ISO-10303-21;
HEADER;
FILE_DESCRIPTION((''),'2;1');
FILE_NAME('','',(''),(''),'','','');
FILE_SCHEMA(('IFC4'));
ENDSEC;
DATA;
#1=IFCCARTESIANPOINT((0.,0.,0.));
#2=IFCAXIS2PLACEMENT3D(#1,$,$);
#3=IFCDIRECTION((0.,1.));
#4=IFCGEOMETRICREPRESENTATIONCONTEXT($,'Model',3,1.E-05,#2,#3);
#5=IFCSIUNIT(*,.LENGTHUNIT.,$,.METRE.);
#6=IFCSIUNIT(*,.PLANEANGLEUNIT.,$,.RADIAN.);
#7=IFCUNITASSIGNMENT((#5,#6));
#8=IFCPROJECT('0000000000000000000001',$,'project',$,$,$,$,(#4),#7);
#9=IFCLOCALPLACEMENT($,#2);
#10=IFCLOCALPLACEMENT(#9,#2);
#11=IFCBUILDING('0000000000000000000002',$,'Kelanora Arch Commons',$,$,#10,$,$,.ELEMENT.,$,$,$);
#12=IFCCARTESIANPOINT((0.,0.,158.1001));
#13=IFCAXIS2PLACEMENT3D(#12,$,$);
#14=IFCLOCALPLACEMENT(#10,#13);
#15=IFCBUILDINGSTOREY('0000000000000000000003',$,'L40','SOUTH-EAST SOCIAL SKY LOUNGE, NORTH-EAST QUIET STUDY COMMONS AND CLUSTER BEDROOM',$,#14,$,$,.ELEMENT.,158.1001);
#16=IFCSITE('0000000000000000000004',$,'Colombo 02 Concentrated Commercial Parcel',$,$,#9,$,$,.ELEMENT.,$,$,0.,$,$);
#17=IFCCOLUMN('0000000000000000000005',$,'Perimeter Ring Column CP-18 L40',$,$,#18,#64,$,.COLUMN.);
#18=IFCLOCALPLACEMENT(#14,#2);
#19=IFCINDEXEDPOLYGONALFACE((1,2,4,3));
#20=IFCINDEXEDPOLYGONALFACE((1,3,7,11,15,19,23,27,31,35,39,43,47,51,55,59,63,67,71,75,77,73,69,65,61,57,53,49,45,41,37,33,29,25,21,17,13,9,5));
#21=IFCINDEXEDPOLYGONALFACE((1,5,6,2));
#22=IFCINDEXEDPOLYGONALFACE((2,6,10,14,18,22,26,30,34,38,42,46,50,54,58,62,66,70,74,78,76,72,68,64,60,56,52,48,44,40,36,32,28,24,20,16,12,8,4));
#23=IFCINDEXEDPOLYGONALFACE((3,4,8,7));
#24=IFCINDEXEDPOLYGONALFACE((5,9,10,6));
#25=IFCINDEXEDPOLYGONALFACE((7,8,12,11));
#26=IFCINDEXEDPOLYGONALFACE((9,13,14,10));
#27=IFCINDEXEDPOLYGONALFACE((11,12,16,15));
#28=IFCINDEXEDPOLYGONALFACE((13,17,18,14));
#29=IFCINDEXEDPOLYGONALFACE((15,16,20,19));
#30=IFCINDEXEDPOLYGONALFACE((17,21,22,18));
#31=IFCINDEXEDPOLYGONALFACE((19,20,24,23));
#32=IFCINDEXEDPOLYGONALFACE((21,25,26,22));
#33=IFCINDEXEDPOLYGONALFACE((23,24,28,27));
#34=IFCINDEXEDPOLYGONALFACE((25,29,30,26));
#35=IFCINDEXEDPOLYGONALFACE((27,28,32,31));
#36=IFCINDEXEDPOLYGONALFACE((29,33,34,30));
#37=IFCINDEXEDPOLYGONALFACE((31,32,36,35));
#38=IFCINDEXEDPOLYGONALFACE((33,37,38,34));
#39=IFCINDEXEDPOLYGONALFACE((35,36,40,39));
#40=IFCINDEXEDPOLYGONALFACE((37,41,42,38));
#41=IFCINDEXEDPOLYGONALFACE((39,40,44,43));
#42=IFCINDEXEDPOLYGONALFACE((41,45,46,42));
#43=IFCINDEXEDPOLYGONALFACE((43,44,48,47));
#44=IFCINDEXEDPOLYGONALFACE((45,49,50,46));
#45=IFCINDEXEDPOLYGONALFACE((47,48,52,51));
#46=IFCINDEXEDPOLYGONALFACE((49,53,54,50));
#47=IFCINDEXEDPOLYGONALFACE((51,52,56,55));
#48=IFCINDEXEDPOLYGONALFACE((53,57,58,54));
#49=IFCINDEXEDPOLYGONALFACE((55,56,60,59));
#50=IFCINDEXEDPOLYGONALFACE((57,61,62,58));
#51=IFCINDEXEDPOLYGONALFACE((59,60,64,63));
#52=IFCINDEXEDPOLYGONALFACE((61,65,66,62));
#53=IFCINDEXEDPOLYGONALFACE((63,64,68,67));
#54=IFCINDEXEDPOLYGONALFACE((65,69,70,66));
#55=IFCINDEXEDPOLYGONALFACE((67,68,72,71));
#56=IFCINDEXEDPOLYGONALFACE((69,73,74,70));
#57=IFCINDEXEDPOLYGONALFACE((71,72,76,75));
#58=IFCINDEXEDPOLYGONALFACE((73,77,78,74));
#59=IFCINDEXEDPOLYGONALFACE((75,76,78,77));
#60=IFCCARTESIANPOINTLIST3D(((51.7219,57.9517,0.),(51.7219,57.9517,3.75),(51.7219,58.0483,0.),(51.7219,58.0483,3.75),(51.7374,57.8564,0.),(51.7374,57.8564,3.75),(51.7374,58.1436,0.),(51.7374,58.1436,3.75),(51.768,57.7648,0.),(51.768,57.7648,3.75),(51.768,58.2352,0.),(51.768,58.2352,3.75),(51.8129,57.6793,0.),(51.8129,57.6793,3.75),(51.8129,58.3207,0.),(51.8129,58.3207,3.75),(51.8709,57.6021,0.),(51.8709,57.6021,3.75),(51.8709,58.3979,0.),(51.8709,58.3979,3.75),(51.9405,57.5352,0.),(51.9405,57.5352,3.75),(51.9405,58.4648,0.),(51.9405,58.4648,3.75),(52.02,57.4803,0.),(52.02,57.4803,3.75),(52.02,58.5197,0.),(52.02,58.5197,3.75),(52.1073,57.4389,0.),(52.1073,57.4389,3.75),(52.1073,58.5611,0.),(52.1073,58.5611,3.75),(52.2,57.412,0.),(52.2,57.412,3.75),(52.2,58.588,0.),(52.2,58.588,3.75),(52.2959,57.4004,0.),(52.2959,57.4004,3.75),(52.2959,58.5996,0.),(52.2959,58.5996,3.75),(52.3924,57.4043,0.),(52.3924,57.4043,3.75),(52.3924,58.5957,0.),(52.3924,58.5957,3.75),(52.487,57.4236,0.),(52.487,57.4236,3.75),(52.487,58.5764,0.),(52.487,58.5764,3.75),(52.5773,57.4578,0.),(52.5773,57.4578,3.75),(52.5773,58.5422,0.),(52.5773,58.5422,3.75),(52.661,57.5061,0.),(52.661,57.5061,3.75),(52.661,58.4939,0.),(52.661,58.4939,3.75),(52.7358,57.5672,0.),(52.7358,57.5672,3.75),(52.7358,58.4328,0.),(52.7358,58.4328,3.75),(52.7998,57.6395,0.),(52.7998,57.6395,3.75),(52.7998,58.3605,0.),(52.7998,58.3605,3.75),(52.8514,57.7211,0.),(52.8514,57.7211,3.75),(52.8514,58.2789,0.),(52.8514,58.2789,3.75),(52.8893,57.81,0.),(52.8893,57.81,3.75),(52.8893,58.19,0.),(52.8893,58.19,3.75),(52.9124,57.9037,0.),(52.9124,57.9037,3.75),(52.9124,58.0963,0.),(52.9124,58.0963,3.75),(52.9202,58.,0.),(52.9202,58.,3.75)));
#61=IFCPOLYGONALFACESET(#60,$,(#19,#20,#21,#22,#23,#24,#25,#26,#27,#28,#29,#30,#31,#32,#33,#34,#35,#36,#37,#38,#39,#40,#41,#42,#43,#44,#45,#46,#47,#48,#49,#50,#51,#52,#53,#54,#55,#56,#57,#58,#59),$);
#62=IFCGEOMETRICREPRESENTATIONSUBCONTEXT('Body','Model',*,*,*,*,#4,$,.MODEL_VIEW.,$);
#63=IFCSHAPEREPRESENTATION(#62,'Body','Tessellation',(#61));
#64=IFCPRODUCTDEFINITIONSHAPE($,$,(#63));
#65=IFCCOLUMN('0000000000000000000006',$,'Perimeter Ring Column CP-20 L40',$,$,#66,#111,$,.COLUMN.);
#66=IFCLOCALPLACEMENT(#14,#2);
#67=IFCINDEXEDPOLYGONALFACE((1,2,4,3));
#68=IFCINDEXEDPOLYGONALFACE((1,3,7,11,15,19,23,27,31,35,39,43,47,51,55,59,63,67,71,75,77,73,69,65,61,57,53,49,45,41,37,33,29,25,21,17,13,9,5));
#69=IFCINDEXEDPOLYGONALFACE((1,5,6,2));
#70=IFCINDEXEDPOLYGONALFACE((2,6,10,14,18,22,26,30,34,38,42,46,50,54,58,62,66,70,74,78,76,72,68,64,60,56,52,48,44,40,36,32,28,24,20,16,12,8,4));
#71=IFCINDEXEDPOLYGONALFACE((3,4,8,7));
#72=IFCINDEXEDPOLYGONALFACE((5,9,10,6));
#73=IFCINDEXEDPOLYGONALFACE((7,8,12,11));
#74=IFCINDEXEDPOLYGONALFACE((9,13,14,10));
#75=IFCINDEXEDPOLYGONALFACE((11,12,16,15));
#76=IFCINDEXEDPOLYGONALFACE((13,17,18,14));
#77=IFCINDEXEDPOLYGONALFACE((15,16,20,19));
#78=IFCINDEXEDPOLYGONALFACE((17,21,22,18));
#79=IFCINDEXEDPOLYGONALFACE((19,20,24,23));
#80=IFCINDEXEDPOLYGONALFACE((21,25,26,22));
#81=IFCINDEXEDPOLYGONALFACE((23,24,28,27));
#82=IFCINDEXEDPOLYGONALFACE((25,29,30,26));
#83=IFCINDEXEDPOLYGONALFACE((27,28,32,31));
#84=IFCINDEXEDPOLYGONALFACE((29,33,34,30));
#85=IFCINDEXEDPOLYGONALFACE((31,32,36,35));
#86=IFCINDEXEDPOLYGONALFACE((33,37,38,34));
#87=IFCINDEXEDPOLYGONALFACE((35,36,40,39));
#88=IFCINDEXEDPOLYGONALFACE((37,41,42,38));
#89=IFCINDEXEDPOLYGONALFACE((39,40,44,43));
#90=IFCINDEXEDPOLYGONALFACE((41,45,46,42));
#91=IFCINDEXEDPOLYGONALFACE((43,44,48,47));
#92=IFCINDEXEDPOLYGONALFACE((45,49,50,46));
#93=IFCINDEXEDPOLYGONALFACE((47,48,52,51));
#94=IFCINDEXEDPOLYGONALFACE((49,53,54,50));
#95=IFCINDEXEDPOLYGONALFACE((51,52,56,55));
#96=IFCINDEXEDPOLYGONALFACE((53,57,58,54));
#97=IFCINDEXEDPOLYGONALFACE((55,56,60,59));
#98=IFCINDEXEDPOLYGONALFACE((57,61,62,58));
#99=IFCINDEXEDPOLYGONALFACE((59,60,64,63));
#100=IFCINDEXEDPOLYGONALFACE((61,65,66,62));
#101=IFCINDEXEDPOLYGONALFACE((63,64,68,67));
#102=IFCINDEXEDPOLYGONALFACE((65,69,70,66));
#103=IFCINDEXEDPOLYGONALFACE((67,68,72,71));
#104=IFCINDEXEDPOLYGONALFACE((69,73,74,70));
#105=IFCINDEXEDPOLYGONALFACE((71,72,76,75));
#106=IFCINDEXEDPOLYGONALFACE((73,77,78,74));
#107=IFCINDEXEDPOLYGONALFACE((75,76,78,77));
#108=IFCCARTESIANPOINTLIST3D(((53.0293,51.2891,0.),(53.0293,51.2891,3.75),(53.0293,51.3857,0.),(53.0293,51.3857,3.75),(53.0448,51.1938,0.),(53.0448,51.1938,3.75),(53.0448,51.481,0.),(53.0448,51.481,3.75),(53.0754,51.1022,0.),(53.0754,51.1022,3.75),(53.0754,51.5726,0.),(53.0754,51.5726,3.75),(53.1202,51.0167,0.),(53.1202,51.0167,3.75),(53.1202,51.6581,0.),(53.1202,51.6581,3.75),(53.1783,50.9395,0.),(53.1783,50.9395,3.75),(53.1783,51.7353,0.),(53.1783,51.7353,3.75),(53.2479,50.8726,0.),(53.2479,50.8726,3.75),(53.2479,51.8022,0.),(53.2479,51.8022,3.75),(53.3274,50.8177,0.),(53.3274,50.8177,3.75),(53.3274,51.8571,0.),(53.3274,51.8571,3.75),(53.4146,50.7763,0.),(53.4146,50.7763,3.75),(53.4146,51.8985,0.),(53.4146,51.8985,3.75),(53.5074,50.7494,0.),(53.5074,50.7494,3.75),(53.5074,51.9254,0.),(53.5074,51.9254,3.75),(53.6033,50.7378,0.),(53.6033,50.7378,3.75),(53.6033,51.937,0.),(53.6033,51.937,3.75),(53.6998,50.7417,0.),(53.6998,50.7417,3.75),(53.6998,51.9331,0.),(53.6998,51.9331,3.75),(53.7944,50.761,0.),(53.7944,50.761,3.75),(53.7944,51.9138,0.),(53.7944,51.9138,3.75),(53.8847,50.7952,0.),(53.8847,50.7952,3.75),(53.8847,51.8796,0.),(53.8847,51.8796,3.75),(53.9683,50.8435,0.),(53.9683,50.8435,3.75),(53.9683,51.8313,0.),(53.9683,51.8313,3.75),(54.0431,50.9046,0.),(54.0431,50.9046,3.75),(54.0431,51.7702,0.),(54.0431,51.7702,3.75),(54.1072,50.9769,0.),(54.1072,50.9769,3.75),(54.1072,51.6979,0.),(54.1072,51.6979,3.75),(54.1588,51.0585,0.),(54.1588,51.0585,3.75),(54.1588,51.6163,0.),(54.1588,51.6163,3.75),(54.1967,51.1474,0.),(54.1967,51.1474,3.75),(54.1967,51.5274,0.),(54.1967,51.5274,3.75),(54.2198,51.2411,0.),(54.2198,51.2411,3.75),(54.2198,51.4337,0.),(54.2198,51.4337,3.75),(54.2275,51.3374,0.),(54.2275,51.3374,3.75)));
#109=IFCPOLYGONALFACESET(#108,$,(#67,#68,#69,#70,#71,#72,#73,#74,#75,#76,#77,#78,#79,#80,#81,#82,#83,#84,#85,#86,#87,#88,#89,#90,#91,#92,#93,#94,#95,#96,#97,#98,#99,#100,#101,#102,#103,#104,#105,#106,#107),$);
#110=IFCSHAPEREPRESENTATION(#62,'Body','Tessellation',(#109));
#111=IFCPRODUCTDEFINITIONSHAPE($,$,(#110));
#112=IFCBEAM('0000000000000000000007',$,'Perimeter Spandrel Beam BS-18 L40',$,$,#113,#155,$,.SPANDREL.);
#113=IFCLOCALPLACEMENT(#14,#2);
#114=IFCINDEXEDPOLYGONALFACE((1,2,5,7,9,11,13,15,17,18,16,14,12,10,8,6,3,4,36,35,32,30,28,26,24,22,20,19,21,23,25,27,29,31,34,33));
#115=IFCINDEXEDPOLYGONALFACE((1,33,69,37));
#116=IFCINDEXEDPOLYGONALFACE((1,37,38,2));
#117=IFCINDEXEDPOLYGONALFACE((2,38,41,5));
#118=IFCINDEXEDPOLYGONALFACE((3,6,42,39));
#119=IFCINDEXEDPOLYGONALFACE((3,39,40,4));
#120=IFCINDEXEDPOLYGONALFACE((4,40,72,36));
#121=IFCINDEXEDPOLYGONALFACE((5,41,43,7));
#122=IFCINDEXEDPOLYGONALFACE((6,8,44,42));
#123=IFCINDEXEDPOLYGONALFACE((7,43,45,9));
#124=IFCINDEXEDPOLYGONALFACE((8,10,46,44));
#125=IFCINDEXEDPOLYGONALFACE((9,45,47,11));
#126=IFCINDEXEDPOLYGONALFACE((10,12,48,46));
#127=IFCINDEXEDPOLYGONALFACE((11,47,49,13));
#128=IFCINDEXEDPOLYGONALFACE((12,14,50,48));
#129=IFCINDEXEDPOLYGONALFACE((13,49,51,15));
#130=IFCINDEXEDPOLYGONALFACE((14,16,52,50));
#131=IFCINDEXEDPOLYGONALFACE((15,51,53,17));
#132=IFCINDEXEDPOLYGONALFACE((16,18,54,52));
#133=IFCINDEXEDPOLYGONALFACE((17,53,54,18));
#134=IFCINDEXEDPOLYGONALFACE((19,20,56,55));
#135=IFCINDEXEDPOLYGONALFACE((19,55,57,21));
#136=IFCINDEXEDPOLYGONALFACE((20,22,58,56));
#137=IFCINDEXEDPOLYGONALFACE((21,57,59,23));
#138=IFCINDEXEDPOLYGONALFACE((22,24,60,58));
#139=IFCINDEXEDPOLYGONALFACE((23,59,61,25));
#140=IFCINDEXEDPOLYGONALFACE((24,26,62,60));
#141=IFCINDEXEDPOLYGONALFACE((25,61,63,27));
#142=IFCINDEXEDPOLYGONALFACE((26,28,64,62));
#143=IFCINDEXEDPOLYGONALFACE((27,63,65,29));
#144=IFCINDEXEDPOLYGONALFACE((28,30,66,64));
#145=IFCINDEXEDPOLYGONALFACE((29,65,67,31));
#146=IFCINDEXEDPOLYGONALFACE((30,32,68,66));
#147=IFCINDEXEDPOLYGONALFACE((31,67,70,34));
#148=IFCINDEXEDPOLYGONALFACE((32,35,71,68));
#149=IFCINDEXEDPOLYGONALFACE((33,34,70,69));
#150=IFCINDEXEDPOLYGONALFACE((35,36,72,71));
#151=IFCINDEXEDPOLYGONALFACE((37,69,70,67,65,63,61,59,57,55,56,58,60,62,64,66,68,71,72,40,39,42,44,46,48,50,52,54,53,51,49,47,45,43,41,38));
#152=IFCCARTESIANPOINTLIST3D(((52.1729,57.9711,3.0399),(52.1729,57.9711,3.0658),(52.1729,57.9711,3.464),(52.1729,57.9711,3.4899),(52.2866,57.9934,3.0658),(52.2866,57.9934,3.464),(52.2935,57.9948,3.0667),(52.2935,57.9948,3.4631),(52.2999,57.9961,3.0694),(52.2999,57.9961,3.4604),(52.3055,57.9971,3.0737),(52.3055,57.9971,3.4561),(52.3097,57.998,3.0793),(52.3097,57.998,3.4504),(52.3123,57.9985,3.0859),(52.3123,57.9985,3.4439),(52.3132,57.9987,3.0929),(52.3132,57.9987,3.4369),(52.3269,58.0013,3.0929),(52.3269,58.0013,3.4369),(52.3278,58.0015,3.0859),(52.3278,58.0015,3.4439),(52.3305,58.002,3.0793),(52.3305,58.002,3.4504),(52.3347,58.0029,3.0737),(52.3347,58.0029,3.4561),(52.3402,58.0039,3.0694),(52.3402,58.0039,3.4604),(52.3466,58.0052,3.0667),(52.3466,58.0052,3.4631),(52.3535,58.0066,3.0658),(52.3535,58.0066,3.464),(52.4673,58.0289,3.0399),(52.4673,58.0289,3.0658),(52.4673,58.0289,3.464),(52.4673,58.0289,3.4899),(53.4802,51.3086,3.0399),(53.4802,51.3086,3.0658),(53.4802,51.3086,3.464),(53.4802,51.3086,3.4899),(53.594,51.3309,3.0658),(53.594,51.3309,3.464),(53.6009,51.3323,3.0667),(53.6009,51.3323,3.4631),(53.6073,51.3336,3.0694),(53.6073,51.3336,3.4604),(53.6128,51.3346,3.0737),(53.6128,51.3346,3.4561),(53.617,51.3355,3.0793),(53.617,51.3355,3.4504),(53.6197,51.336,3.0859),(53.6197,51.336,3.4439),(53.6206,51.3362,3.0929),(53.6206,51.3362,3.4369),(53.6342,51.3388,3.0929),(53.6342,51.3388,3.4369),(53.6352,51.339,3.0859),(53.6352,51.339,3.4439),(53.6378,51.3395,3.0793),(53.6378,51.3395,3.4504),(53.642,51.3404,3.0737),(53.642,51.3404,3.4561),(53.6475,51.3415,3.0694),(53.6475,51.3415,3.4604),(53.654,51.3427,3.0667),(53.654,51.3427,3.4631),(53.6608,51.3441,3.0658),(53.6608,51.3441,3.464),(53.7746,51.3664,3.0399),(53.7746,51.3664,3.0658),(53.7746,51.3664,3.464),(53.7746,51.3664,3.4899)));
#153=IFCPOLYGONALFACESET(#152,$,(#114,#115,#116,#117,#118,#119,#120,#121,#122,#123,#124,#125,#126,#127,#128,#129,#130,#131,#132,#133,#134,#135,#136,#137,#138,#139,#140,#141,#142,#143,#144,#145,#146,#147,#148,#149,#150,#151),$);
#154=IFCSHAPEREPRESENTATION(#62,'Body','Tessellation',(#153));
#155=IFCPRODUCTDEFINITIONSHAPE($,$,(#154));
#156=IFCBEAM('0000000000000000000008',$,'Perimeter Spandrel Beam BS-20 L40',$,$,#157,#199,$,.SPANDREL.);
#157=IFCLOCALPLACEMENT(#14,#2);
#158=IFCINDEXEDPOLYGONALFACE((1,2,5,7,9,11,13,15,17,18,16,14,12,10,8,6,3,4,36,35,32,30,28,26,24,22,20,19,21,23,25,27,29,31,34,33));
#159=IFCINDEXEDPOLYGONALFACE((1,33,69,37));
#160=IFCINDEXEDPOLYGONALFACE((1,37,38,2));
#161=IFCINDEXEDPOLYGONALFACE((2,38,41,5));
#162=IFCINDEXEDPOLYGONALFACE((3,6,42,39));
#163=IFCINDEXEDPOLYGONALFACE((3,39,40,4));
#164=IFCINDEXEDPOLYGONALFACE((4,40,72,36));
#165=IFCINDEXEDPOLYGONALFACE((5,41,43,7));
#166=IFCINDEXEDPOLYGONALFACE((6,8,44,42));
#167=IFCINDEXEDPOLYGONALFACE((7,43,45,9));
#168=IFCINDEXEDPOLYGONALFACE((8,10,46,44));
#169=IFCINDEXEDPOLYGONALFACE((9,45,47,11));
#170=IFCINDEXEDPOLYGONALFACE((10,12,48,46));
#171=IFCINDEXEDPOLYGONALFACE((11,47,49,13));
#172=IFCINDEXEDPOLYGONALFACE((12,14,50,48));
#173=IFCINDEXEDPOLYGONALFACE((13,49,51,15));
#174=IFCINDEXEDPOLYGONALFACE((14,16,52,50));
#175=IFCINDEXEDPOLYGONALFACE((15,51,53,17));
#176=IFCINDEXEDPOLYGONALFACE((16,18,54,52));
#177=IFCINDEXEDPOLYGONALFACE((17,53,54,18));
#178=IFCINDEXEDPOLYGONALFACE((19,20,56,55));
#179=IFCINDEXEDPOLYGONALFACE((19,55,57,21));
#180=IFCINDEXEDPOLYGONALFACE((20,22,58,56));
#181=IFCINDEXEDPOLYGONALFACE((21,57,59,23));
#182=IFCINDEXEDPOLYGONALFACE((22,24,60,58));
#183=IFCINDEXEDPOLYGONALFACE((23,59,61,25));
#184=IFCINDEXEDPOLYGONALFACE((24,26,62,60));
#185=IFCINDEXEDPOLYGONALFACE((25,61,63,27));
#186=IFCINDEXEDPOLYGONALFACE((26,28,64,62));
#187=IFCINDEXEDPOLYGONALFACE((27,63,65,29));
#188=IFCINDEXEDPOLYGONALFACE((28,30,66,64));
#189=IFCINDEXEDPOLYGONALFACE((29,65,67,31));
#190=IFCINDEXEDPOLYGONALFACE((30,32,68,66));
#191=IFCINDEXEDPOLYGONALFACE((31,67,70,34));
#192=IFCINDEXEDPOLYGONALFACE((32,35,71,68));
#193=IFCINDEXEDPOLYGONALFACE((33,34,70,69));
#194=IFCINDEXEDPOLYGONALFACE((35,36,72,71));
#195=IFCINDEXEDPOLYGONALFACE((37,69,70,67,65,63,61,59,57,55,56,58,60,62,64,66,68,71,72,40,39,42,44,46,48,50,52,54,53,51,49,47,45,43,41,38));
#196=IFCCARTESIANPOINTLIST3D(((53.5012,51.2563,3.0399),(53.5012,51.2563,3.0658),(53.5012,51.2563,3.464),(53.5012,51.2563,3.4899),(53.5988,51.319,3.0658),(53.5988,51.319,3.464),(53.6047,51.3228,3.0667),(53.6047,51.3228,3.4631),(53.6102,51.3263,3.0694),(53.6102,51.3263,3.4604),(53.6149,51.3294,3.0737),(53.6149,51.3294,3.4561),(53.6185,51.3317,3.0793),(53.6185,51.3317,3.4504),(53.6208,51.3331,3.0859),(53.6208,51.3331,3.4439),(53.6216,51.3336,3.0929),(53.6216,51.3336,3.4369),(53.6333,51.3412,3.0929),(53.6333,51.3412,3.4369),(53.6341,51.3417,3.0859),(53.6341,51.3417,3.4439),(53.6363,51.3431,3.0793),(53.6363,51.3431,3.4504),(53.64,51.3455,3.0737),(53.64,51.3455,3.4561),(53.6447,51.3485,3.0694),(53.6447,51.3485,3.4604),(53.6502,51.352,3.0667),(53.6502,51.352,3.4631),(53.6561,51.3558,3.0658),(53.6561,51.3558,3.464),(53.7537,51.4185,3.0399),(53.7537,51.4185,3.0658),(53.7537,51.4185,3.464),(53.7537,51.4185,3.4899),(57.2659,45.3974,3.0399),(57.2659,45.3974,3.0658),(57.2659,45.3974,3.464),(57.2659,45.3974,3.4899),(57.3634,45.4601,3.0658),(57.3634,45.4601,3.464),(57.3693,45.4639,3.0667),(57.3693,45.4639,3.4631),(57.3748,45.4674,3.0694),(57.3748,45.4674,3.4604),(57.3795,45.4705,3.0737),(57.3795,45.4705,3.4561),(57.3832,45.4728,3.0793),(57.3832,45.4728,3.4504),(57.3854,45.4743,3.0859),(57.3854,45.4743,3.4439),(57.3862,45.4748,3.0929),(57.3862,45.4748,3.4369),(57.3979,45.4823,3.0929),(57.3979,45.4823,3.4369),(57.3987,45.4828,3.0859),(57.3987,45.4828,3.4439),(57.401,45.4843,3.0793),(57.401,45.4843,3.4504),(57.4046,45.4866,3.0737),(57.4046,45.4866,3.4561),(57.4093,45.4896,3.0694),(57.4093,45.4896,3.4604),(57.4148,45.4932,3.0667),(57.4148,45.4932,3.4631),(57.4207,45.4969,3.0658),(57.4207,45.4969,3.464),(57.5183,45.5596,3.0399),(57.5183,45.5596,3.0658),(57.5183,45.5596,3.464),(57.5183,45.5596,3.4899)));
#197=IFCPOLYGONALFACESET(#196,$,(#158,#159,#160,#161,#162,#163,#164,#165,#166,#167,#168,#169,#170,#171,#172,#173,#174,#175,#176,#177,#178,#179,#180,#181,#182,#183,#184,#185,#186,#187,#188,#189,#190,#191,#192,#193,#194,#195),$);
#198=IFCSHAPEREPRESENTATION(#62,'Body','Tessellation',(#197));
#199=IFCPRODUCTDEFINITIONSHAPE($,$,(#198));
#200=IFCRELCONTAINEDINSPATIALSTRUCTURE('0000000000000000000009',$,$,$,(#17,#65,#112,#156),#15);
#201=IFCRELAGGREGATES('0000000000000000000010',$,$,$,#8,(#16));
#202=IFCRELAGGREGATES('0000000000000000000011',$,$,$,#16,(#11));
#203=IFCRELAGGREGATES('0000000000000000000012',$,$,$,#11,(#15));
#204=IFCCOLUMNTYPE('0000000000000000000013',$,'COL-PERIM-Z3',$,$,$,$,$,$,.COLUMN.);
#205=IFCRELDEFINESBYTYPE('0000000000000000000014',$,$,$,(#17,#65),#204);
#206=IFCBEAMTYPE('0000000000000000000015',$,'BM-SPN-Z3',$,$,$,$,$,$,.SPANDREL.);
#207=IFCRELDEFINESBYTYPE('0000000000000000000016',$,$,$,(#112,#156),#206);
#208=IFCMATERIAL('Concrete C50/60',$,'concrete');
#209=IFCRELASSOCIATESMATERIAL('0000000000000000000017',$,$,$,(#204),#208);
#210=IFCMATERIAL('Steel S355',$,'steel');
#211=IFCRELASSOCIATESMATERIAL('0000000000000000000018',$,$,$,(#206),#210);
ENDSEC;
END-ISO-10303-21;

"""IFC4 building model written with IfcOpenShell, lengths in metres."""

from ifc_helpers import new_model, si_unit, direction, frame, origin, origin_2d, place, context, subcontext, project, spatial, circle, i_section, extrude, material, material_profile, profile_set, type_object, element, save


model = new_model("IFC4")

# Units and contexts
model_context = context("Model", 3, precision=1e-05, world=origin(), true_north=direction((0.0, 1.0)))
body_context = subcontext(model_context, "Body", "Model", "MODEL_VIEW")
ifc_project = project(units=[si_unit("LENGTHUNIT", "METRE"), si_unit("PLANEANGLEUNIT", "RADIAN")], contexts=[model_context])

# Site, building, storey
site_placement = place(None, origin())
site = spatial("IfcSite", under=ifc_project, at=site_placement, Name="Colombo 02 Concentrated Commercial Parcel", CompositionType="ELEMENT", RefElevation=0.0)
building_placement = place(site_placement, origin())
building = spatial("IfcBuilding", under=site, at=building_placement, Name="Kelanora Arch Commons", CompositionType="ELEMENT")
storey_placement = place(building_placement, frame((0.0, 0.0, 158.1001)))
storey = spatial("IfcBuildingStorey", under=building, at=storey_placement, Name="L40", Description="SOUTH-EAST SOCIAL SKY LOUNGE, NORTH-EAST QUIET STUDY COMMONS AND CLUSTER BEDROOM", CompositionType="ELEMENT", Elevation=158.1001)

# Columns
ifc_material_1 = material(Name="Concrete C50/60", Category="concrete")
ifc_material_profile_1 = material_profile(ifc_material_1, circle(Radius=0.6001, at=origin_2d()), Name="RCC1200")
ifc_profile_set_1 = profile_set([ifc_material_profile_1], Name="Concrete C50/60")
column_type = type_object("IfcColumnType", Name="COL-PERIM-Z3", PredefinedType="COLUMN", material=ifc_profile_set_1)
for number, where, z_axis, x_axis, name in (
    (1, (52.3201, 58.0, 0.0), (0.0, 0.0, 1.0), (1.0, 0.0, 0.0), "Perimeter Ring Column CP-18 L40"),
    (2, (53.6274, 51.3374, 0.0), (0.0, 0.0, 1.0), (1.0, 0.0, 0.0), "Perimeter Ring Column CP-20 L40"),
):
    element("IfcColumn", number, at=place(storey_placement, frame(where, z_axis=z_axis, x_axis=x_axis)), inside=storey, type_object=column_type, Name=name, PredefinedType="COLUMN", context=body_context, shape_type="SweptSolid", body=[
        extrude(circle(Radius=0.6001, at=origin_2d()), origin(), (0.0, 0.0, 1.0), 3.75),
    ])

# Beams
ifc_material_2 = material(Name="Steel S355", Category="steel")
ifc_material_profile_2 = material_profile(ifc_material_2, i_section(OverallWidth=0.3, OverallDepth=0.45, WebThickness=0.0139, FlangeThickness=0.0259, FilletRadius=0.0271, at=origin_2d()), Name="HEB450")
ifc_profile_set_2 = profile_set([ifc_material_profile_2], Name="Steel S355")
beam_type = type_object("IfcBeamType", Name="BM-SPN-Z3", PredefinedType="SPANDREL", material=ifc_profile_set_2)
beam_1_placement = place(storey_placement, frame((52.3201, 58.0, 3.2649), z_axis=(0.192554, -0.981286, 0.0), x_axis=(0.981286, 0.192554, 0.0)))
element("IfcBeam", 3, at=beam_1_placement, inside=storey, type_object=beam_type, Name="Perimeter Spandrel Beam BS-18 L40", PredefinedType="SPANDREL", context=body_context, shape_type="SweptSolid", body=[
    extrude(i_section(OverallWidth=0.3, OverallDepth=0.45, WebThickness=0.0139, FlangeThickness=0.0259, FilletRadius=0.0271, at=origin_2d()), origin(), (0.0, 0.0, 1.0), 6.7896),
])
beam_2_placement = place(storey_placement, frame((53.6274, 51.3374, 3.2649), z_axis=(0.540577, -0.841295, 0.0), x_axis=(0.841295, 0.540577, 0.0)))
element("IfcBeam", 4, at=beam_2_placement, inside=storey, type_object=beam_type, Name="Perimeter Spandrel Beam BS-20 L40", PredefinedType="SPANDREL", context=body_context, shape_type="SweptSolid", body=[
    extrude(i_section(OverallWidth=0.3, OverallDepth=0.45, WebThickness=0.0139, FlangeThickness=0.0259, FilletRadius=0.0271, at=origin_2d()), origin(), (0.0, 0.0, 1.0), 6.9641),
])

save(model, "model.ifc")
